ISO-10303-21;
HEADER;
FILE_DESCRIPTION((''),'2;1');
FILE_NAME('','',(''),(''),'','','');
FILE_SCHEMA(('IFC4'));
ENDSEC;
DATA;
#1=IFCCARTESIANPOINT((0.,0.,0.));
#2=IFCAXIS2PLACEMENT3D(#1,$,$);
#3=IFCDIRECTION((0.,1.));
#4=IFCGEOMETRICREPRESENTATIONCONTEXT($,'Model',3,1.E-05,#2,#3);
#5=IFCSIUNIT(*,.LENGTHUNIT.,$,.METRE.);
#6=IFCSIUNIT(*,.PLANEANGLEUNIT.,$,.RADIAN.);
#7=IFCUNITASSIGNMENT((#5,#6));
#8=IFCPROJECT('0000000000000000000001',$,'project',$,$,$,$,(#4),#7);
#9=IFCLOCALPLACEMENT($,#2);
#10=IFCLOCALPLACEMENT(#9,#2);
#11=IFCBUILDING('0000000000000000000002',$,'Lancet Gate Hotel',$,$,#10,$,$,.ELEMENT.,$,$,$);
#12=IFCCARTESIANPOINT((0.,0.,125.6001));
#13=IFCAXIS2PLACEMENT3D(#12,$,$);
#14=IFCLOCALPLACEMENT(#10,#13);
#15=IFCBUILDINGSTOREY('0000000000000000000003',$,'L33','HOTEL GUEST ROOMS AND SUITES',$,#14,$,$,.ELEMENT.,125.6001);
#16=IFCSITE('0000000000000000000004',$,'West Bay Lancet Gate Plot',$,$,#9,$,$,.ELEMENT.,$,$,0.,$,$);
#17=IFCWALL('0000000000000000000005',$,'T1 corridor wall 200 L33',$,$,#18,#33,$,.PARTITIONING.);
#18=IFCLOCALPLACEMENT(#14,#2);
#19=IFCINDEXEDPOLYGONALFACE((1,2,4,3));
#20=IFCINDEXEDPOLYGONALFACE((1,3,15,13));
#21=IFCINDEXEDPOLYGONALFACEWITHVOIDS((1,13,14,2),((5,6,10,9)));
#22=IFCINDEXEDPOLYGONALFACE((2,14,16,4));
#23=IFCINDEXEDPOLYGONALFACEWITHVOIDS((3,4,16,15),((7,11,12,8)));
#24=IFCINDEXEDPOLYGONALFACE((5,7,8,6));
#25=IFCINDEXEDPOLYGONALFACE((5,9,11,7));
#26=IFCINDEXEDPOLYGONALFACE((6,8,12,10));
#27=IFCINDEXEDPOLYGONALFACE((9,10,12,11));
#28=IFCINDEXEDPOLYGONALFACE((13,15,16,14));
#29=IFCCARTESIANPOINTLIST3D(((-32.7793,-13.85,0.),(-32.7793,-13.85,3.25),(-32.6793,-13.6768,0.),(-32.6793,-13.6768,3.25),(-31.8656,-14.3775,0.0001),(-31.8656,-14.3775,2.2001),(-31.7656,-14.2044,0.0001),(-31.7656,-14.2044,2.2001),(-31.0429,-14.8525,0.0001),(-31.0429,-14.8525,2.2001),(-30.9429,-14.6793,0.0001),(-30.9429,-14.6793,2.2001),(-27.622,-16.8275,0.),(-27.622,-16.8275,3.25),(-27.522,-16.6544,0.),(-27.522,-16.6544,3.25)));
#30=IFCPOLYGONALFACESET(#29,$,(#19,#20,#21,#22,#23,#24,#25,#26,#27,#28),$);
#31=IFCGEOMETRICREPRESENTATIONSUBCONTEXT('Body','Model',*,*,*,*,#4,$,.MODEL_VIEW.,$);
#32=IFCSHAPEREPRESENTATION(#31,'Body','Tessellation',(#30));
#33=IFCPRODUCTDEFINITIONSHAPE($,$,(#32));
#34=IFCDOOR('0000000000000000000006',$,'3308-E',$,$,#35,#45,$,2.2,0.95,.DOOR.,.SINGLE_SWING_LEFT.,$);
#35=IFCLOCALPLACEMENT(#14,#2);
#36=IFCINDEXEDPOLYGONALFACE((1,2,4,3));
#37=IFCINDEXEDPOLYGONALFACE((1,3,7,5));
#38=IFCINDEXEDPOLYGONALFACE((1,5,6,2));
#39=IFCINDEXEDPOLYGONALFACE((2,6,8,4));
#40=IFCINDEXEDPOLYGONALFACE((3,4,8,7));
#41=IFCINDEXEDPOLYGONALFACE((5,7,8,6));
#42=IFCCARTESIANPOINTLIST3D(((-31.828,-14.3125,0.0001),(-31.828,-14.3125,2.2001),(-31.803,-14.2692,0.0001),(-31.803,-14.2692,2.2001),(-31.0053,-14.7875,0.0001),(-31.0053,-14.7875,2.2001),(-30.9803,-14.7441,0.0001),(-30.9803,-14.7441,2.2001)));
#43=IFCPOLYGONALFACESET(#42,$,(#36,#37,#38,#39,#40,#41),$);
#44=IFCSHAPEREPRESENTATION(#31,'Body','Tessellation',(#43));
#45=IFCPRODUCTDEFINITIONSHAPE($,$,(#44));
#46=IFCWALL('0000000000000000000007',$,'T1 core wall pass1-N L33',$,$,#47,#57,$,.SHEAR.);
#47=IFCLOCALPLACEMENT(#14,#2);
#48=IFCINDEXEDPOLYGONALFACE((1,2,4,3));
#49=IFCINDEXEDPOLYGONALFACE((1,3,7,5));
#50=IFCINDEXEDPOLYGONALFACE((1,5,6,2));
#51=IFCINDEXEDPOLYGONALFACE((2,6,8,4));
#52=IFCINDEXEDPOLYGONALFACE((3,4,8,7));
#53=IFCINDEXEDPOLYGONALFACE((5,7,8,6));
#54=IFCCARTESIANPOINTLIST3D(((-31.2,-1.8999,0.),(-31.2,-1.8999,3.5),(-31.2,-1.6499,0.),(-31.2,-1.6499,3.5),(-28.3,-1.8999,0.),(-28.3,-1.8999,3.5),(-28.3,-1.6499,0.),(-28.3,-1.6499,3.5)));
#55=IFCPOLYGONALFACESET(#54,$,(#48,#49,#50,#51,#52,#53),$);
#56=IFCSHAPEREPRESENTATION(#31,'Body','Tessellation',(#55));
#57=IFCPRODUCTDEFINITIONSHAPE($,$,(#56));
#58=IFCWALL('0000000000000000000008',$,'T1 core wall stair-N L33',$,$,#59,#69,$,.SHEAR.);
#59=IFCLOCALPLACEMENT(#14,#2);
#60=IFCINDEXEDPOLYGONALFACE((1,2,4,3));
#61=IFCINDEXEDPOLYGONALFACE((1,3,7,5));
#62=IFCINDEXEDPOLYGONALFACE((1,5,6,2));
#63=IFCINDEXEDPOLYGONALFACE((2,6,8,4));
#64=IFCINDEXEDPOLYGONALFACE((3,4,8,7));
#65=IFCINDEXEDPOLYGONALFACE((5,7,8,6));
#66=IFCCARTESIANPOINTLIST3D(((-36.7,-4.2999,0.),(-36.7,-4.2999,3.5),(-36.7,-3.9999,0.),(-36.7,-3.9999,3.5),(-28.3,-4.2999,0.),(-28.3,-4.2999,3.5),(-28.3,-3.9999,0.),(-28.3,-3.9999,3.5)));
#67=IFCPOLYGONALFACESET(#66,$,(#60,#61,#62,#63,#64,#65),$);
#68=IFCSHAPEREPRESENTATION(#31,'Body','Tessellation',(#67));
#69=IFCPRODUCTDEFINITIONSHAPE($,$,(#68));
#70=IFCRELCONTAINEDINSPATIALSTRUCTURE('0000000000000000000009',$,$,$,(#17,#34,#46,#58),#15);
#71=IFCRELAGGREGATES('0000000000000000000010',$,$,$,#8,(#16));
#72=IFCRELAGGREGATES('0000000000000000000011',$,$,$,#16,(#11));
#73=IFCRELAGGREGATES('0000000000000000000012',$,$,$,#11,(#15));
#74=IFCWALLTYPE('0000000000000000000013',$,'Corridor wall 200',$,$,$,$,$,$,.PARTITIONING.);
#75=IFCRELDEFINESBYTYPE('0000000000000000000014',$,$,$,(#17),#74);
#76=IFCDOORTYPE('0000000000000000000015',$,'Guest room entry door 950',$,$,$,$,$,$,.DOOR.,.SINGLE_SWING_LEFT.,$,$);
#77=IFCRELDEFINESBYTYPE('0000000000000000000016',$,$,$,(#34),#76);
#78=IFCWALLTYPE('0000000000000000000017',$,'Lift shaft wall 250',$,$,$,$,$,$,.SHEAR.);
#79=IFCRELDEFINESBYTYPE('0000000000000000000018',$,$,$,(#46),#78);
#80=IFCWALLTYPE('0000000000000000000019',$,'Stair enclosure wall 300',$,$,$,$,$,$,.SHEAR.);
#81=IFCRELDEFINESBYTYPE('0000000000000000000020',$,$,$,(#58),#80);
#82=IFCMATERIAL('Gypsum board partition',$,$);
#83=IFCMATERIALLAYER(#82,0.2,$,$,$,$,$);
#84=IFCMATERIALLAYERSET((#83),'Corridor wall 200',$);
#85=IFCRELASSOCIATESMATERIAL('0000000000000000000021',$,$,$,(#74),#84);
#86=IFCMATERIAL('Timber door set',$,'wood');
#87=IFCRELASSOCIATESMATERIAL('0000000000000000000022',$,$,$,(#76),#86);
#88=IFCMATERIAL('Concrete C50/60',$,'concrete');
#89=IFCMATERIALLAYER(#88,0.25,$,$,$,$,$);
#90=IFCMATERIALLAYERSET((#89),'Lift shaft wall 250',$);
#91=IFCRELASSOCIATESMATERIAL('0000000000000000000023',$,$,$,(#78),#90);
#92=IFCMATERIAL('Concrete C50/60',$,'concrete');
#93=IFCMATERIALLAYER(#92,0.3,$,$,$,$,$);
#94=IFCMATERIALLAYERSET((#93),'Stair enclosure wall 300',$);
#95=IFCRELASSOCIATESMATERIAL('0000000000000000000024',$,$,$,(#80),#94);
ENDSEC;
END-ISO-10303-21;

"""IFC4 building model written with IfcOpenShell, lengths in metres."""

from ifc_helpers import new_model, si_unit, direction, frame, frame_2d, origin, place, context, subcontext, project, spatial, rectangle, extrude, material, layer, layer_set, type_object, element, fill, save


model = new_model("IFC4")

# Units and contexts
model_context = context("Model", 3, precision=1e-05, world=origin(), true_north=direction((0.0, 1.0)))
body_context = subcontext(model_context, "Body", "Model", "MODEL_VIEW")
ifc_project = project(units=[si_unit("LENGTHUNIT", "METRE"), si_unit("PLANEANGLEUNIT", "RADIAN")], contexts=[model_context])

# Site, building, storey
site_placement = place(None, origin())
site = spatial("IfcSite", under=ifc_project, at=site_placement, Name="West Bay Lancet Gate Plot", CompositionType="ELEMENT", RefElevation=0.0)
building_placement = place(site_placement, origin())
building = spatial("IfcBuilding", under=site, at=building_placement, Name="Lancet Gate Hotel", CompositionType="ELEMENT")
storey_placement = place(building_placement, frame((0.0, 0.0, 125.6001)))
storey = spatial("IfcBuildingStorey", under=building, at=storey_placement, Name="L33", Description="HOTEL GUEST ROOMS AND SUITES", CompositionType="ELEMENT", Elevation=125.6001)

# Wall, opening, door
ifc_material_1 = material(Name="Gypsum board partition")
ifc_layer_1 = layer(ifc_material_1, 0.2)
ifc_layer_set_1 = layer_set([ifc_layer_1], Name="Corridor wall 200")
wall_type_1 = type_object("IfcWallType", Name="Corridor wall 200", PredefinedType="PARTITIONING", material=ifc_layer_set_1)
wall_1_placement = place(storey_placement, frame((-27.572, -16.741, 0.0), z_axis=(0.0, 0.0, 1.0), x_axis=(-0.866024, 0.500002, 0.0)))
wall_1 = element("IfcWall", 1, at=wall_1_placement, inside=storey, type_object=wall_type_1, Name="T1 corridor wall 200 L33", PredefinedType="PARTITIONING", context=body_context, shape_type="SweptSolid", body=[
    extrude(rectangle(XDim=5.9551, YDim=0.2, at=frame_2d((2.9775, 0.0))), origin(), (0.0, 0.0, 1.0), 3.25),
])
opening_1_placement = place(wall_1_placement, frame((3.95, 0.0, 0.0)))
opening_1 = element("IfcOpeningElement", 2, at=opening_1_placement, cuts=wall_1, PredefinedType="OPENING", context=body_context, shape_type="SweptSolid", body=[
    extrude(rectangle(XDim=0.95, YDim=2.2, at=frame_2d((0.4751, 1.1001))), frame((0.0, 0.1099, 0.0), z_axis=(0.0, -1.0, 0.0), x_axis=(1.0, 0.0, 0.0)), (0.0, 0.0, 1.0), 0.22),
])
ifc_material_2 = material(Name="Timber door set", Category="wood")
door_type_1 = type_object("IfcDoorType", Name="Guest room entry door 950", OperationType="SINGLE_SWING_LEFT", PredefinedType="DOOR", material=ifc_material_2)
door_1_placement = place(opening_1_placement, origin())
door_1 = element("IfcDoor", 3, at=door_1_placement, inside=storey, type_object=door_type_1, Name="3308-E", OperationType="SINGLE_SWING_LEFT", OverallHeight=2.2, OverallWidth=0.95, PredefinedType="DOOR", context=body_context, shape_type="SweptSolid", body=[
    extrude(rectangle(XDim=0.95, YDim=2.2, at=frame_2d((0.4751, 1.1001))), frame((0.0, 0.0249, 0.0), z_axis=(0.0, -1.0, 0.0), x_axis=(1.0, 0.0, 0.0)), (0.0, 0.0, 1.0), 0.05),
])
fill(opening_1, door_1)

# Walls
ifc_material_3 = material(Name="Concrete C50/60", Category="concrete")
ifc_layer_2 = layer(ifc_material_3, 0.25)
ifc_layer_set_2 = layer_set([ifc_layer_2], Name="Lift shaft wall 250")
wall_type_2 = type_object("IfcWallType", Name="Lift shaft wall 250", PredefinedType="SHEAR", material=ifc_layer_set_2)
wall_2_placement = place(storey_placement, frame((-28.3, -1.7749, 0.0), z_axis=(0.0, 0.0, 1.0), x_axis=(-1.0, 0.0, 0.0)))
element("IfcWall", 4, at=wall_2_placement, inside=storey, type_object=wall_type_2, Name="T1 core wall pass1-N L33", PredefinedType="SHEAR", context=body_context, shape_type="SweptSolid", body=[
    extrude(rectangle(XDim=2.8999, YDim=0.25, at=frame_2d((1.45, 0.0))), origin(), (0.0, 0.0, 1.0), 3.5),
])
ifc_material_4 = material(Name="Concrete C50/60", Category="concrete")
ifc_layer_3 = layer(ifc_material_4, 0.3)
ifc_layer_set_3 = layer_set([ifc_layer_3], Name="Stair enclosure wall 300")
wall_type_3 = type_object("IfcWallType", Name="Stair enclosure wall 300", PredefinedType="SHEAR", material=ifc_layer_set_3)
wall_3_placement = place(storey_placement, frame((-28.3, -4.1499, 0.0), z_axis=(0.0, 0.0, 1.0), x_axis=(-1.0, 0.0, 0.0)))
element("IfcWall", 5, at=wall_3_placement, inside=storey, type_object=wall_type_3, Name="T1 core wall stair-N L33", PredefinedType="SHEAR", context=body_context, shape_type="SweptSolid", body=[
    extrude(rectangle(XDim=8.3999, YDim=0.3, at=frame_2d((4.2, 0.0))), origin(), (0.0, 0.0, 1.0), 3.5),
])

save(model, "model.ifc")
